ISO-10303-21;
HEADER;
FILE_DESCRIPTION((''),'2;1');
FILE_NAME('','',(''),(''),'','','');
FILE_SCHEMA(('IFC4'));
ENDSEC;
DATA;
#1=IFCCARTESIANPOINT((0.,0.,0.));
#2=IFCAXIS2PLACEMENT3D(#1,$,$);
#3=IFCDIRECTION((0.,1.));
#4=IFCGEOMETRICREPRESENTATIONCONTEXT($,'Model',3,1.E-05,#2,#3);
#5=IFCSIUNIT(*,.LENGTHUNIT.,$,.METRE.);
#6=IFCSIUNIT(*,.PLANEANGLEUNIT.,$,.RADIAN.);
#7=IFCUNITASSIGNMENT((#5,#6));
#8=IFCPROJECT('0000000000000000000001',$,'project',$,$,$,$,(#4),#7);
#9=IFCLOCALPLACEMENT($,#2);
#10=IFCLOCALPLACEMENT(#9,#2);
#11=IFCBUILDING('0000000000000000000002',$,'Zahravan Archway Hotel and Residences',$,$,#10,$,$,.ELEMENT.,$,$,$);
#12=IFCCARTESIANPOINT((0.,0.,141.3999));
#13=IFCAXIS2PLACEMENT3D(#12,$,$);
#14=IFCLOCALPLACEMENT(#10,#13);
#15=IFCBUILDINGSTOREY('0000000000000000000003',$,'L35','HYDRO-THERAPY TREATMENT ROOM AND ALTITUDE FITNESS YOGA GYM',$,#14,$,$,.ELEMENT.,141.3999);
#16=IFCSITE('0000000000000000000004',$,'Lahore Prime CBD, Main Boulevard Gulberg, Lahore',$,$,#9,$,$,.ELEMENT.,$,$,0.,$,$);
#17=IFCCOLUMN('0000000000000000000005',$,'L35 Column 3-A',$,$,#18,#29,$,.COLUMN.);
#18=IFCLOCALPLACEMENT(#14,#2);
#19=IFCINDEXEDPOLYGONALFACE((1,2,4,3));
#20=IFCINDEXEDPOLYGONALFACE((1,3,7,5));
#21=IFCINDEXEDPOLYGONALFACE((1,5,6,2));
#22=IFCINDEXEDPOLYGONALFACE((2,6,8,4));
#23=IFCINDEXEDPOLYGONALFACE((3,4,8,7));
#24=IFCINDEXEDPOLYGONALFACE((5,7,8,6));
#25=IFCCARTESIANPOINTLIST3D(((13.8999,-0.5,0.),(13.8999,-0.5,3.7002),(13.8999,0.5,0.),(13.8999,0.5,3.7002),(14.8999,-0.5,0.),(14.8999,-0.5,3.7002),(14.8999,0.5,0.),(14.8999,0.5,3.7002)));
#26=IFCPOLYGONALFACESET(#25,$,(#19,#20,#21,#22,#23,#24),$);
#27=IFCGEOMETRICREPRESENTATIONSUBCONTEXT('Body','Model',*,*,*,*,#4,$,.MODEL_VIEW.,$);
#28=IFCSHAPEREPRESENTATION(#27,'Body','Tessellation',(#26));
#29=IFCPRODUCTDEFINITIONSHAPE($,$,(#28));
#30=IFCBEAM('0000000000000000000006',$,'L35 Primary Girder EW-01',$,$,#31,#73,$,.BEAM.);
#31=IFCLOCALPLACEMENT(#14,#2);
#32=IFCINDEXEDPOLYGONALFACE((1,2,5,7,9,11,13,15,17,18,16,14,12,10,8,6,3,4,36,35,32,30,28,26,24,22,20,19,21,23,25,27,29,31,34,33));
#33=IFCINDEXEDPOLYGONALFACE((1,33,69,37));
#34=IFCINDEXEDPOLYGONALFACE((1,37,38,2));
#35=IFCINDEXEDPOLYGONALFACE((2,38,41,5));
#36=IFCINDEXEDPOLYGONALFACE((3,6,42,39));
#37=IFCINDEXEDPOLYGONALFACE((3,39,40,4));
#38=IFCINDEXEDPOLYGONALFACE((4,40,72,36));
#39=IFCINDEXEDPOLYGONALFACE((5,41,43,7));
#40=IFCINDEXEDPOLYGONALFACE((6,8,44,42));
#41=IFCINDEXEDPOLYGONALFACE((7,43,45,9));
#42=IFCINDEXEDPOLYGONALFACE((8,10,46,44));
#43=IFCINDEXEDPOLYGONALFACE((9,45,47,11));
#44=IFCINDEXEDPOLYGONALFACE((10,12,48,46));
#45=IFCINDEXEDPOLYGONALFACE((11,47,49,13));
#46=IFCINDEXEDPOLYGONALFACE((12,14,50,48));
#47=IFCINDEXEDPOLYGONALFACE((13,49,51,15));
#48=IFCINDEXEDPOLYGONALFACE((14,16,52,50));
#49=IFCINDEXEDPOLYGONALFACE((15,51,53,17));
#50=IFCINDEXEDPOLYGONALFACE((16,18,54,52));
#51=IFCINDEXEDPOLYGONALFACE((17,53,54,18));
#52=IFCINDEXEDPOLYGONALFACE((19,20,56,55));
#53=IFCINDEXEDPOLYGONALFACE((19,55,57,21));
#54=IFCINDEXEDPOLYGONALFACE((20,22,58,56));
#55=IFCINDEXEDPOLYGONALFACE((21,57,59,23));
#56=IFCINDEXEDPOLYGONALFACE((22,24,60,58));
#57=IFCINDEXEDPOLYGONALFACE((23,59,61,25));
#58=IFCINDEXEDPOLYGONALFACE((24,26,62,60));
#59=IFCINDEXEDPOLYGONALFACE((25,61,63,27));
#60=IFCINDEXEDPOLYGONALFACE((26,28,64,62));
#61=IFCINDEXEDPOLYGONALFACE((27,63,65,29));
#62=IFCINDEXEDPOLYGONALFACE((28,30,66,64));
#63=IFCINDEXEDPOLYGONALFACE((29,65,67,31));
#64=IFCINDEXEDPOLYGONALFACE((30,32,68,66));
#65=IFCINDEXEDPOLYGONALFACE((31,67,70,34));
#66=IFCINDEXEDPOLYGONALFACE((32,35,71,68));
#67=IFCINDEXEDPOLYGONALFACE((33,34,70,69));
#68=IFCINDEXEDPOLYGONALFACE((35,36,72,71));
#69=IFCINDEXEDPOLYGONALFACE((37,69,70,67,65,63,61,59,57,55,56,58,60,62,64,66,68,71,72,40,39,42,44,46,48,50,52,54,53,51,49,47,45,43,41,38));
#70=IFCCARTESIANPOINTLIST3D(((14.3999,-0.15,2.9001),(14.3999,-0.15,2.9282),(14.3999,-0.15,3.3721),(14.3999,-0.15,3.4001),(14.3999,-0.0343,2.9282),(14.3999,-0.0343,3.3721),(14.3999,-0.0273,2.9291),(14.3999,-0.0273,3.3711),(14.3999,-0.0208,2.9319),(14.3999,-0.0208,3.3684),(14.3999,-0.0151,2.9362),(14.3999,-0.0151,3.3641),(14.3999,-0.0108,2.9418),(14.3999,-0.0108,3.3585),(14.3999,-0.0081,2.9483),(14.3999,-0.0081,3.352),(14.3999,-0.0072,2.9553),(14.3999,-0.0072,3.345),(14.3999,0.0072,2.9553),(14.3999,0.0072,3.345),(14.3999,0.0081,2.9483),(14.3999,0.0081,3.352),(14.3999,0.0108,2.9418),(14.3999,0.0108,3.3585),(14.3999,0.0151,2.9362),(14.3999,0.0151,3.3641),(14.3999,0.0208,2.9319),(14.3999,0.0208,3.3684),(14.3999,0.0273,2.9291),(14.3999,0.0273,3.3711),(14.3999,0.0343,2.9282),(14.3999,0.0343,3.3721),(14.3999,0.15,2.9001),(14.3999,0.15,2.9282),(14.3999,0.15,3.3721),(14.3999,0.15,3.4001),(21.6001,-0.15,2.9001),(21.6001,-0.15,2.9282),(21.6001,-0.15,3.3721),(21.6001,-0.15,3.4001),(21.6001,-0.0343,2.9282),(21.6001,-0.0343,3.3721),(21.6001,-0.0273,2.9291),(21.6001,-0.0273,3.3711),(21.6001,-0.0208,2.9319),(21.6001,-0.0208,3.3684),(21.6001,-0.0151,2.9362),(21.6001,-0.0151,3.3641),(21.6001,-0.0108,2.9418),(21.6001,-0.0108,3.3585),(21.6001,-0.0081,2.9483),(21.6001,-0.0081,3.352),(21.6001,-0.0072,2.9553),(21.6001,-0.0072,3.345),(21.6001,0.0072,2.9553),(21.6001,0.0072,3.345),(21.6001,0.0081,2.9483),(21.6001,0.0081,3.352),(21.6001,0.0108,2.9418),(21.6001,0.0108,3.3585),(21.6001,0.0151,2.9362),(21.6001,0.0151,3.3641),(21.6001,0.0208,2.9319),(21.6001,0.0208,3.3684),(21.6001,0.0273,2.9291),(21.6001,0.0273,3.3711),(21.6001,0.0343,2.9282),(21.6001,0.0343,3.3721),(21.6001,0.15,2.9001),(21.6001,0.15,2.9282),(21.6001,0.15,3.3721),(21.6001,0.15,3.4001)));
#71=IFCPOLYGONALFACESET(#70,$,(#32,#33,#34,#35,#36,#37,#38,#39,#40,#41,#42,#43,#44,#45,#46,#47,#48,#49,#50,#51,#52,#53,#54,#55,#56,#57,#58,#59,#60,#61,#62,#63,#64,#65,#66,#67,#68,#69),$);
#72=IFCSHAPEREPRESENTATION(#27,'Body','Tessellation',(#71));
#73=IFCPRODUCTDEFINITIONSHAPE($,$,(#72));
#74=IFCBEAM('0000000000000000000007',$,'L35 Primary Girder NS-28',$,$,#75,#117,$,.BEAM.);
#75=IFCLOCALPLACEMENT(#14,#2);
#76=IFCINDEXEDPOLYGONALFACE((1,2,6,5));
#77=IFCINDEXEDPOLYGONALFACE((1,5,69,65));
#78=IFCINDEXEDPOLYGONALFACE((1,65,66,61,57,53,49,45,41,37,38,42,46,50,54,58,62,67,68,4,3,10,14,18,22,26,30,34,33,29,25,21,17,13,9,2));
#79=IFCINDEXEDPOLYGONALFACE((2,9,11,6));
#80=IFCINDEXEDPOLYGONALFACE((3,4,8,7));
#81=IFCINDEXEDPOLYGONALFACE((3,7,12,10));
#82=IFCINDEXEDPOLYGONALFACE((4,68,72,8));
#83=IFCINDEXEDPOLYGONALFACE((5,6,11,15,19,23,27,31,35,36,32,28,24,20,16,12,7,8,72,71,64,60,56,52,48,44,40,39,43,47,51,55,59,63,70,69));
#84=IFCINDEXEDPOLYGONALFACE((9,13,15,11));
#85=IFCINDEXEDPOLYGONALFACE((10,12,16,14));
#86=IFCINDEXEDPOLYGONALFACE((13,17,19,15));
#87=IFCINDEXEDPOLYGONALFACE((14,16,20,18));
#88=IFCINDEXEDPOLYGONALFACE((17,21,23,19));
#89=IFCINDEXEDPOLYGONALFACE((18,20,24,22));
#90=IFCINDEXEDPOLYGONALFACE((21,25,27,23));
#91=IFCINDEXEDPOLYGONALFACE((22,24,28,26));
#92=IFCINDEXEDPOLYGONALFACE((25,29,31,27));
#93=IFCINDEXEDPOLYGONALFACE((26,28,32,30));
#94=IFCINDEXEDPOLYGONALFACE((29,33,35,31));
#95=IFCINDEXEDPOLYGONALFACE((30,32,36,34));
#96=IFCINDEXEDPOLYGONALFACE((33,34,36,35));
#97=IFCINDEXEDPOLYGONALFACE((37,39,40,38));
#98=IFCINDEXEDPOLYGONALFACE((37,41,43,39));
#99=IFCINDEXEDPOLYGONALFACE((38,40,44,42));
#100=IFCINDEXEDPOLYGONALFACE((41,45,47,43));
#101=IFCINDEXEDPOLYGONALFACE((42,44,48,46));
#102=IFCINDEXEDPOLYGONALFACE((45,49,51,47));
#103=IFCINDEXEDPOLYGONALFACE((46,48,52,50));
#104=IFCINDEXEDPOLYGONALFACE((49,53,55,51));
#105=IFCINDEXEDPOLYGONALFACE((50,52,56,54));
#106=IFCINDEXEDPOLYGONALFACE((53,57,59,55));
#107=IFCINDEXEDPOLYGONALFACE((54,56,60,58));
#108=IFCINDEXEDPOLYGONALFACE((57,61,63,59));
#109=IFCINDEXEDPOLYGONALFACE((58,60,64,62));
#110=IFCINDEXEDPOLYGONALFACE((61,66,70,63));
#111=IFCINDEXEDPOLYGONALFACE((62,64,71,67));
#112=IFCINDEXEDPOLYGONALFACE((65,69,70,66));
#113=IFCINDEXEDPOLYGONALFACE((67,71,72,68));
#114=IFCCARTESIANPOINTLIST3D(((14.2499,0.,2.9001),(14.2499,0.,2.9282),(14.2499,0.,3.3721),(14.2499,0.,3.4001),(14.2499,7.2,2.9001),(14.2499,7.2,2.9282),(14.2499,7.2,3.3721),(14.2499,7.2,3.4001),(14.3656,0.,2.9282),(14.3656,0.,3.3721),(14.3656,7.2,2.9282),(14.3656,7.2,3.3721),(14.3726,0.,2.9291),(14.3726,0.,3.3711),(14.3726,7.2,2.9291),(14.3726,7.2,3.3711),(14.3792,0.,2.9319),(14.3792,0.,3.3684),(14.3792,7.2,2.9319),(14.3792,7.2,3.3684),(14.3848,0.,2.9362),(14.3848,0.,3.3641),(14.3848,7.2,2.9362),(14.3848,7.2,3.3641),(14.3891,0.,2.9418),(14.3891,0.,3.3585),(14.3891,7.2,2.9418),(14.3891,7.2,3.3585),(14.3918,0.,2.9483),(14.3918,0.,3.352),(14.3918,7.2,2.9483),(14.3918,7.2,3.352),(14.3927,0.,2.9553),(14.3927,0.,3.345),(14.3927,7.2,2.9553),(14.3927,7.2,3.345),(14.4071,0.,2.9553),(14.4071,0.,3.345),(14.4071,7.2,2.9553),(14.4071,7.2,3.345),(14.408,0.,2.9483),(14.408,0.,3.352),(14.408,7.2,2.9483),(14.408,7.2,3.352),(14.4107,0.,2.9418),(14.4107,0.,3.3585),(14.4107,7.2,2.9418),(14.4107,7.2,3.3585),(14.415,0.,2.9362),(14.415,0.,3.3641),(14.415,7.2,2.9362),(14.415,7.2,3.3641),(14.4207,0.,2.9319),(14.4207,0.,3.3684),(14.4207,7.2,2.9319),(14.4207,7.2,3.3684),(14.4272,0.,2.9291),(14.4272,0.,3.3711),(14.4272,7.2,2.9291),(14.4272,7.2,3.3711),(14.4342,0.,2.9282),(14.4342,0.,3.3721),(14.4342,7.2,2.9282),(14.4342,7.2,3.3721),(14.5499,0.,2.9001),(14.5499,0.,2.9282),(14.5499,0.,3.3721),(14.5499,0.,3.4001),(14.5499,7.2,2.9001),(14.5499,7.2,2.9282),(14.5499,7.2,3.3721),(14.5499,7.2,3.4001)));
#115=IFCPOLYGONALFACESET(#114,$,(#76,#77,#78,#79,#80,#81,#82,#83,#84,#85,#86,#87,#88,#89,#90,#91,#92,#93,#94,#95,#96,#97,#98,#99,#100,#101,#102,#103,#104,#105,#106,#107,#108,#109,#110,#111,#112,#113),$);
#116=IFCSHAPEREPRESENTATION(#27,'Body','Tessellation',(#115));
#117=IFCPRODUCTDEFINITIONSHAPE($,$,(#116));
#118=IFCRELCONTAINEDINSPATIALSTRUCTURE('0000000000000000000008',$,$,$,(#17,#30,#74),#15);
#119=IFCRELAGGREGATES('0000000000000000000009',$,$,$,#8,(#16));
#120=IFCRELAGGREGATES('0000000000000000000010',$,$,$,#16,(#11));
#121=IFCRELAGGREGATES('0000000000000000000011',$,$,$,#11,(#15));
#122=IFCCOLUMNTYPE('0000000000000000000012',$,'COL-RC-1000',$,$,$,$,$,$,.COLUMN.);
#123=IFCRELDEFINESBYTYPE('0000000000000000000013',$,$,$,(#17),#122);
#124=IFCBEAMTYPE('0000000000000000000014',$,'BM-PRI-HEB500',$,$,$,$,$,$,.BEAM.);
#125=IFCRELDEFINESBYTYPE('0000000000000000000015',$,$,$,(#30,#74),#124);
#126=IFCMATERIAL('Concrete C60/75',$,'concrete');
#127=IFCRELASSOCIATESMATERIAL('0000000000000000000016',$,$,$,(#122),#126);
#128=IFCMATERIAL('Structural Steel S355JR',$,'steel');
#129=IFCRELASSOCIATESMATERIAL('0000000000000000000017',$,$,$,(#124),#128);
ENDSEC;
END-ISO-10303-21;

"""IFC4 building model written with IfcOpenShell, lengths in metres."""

from ifc_helpers import new_model, si_unit, direction, frame, origin, origin_2d, place, context, subcontext, project, spatial, rectangle, i_section, extrude, source, transform, mapped, material, material_profile, profile_set, type_object, type_shapes, element, save


model = new_model("IFC4")

# Units and contexts
model_context = context("Model", 3, precision=1e-05, world=origin(), true_north=direction((0.0, 1.0)))
body_context = subcontext(model_context, "Body", "Model", "MODEL_VIEW")
ifc_project = project(units=[si_unit("LENGTHUNIT", "METRE"), si_unit("PLANEANGLEUNIT", "RADIAN")], contexts=[model_context])

# Site, building, storey
site_placement = place(None, origin())
site = spatial("IfcSite", under=ifc_project, at=site_placement, Name="Lahore Prime CBD, Main Boulevard Gulberg, Lahore", CompositionType="ELEMENT", RefElevation=0.0)
building_placement = place(site_placement, origin())
building = spatial("IfcBuilding", under=site, at=building_placement, Name="Zahravan Archway Hotel and Residences", CompositionType="ELEMENT")
storey_placement = place(building_placement, frame((0.0, 0.0, 141.3999)))
storey = spatial("IfcBuildingStorey", under=building, at=storey_placement, Name="L35", Description="HYDRO-THERAPY TREATMENT ROOM AND ALTITUDE FITNESS YOGA GYM", CompositionType="ELEMENT", Elevation=141.3999)

# Column
ifc_material_1 = material(Name="Concrete C60/75", Category="concrete")
ifc_material_profile_1 = material_profile(ifc_material_1, rectangle(XDim=1.0, YDim=1.0, at=origin_2d()), Name="RC-COL-1000x1000", Category="concrete")
ifc_profile_set_1 = profile_set([ifc_material_profile_1], Name="Concrete C60/75")
column_type = type_object("IfcColumnType", Name="COL-RC-1000", PredefinedType="COLUMN", material=ifc_profile_set_1)
shared_shape_1 = source(origin(), body_context, "Body", "SweptSolid", [
    extrude(rectangle(XDim=1.0, YDim=1.0, at=origin_2d()), origin(), (0.0, 0.0, 1.0), 3.7002),
])
column_placement = place(storey_placement, frame((14.3999, 0.0, 0.0), z_axis=(0.0, 0.0, 1.0), x_axis=(1.0, 0.0, 0.0)))
element("IfcColumn", 1, at=column_placement, inside=storey, type_object=column_type, Name="L35 Column 3-A", PredefinedType="COLUMN", context=body_context, shape_type="MappedRepresentation", body=[
    mapped(shared_shape_1, transform((0.0, 0.0, 0.0), scale=1.0)),
])

# Beams
ifc_material_2 = material(Name="Structural Steel S355JR", Category="steel")
ifc_material_profile_2 = material_profile(ifc_material_2, i_section(OverallWidth=0.3, OverallDepth=0.5, WebThickness=0.0144, FlangeThickness=0.0281, FilletRadius=0.0271, at=origin_2d()), Name="HEB 500", Category="steel")
ifc_profile_set_2 = profile_set([ifc_material_profile_2], Name="Structural Steel S355JR")
beam_type = type_object("IfcBeamType", Name="BM-PRI-HEB500", PredefinedType="BEAM", material=ifc_profile_set_2)
shared_shape_2 = source(origin(), body_context, "Body", "SweptSolid", [
    extrude(i_section(OverallWidth=0.3, OverallDepth=0.5, WebThickness=0.0144, FlangeThickness=0.0281, FilletRadius=0.0271, at=origin_2d()), origin(), (0.0, 0.0, 1.0), 7.2002),
])
type_shapes(beam_type, [shared_shape_2])
beam_1_placement = place(storey_placement, frame((14.3999, 0.0, 3.1501), z_axis=(1.0, 0.0, 0.0), x_axis=(0.0, 1.0, 0.0)))
element("IfcBeam", 2, at=beam_1_placement, inside=storey, type_object=beam_type, Name="L35 Primary Girder EW-01", PredefinedType="BEAM", context=body_context, shape_type="MappedRepresentation", body=[
    mapped(shared_shape_2, transform((0.0, 0.0, 0.0), scale=1.0)),
])
shared_shape_3 = source(origin(), body_context, "Body", "SweptSolid", [
    extrude(i_section(OverallWidth=0.3, OverallDepth=0.5, WebThickness=0.0144, FlangeThickness=0.0281, FilletRadius=0.0271, at=origin_2d()), origin(), (0.0, 0.0, 1.0), 7.2),
])
beam_2_placement = place(storey_placement, frame((14.3999, 0.0, 3.1501), z_axis=(0.0, 1.0, 0.0), x_axis=(-1.0, 0.0, 0.0)))
element("IfcBeam", 3, at=beam_2_placement, inside=storey, type_object=beam_type, Name="L35 Primary Girder NS-28", PredefinedType="BEAM", context=body_context, shape_type="MappedRepresentation", body=[
    mapped(shared_shape_3, transform((0.0, 0.0, 0.0), scale=1.0)),
])

save(model, "model.ifc")
